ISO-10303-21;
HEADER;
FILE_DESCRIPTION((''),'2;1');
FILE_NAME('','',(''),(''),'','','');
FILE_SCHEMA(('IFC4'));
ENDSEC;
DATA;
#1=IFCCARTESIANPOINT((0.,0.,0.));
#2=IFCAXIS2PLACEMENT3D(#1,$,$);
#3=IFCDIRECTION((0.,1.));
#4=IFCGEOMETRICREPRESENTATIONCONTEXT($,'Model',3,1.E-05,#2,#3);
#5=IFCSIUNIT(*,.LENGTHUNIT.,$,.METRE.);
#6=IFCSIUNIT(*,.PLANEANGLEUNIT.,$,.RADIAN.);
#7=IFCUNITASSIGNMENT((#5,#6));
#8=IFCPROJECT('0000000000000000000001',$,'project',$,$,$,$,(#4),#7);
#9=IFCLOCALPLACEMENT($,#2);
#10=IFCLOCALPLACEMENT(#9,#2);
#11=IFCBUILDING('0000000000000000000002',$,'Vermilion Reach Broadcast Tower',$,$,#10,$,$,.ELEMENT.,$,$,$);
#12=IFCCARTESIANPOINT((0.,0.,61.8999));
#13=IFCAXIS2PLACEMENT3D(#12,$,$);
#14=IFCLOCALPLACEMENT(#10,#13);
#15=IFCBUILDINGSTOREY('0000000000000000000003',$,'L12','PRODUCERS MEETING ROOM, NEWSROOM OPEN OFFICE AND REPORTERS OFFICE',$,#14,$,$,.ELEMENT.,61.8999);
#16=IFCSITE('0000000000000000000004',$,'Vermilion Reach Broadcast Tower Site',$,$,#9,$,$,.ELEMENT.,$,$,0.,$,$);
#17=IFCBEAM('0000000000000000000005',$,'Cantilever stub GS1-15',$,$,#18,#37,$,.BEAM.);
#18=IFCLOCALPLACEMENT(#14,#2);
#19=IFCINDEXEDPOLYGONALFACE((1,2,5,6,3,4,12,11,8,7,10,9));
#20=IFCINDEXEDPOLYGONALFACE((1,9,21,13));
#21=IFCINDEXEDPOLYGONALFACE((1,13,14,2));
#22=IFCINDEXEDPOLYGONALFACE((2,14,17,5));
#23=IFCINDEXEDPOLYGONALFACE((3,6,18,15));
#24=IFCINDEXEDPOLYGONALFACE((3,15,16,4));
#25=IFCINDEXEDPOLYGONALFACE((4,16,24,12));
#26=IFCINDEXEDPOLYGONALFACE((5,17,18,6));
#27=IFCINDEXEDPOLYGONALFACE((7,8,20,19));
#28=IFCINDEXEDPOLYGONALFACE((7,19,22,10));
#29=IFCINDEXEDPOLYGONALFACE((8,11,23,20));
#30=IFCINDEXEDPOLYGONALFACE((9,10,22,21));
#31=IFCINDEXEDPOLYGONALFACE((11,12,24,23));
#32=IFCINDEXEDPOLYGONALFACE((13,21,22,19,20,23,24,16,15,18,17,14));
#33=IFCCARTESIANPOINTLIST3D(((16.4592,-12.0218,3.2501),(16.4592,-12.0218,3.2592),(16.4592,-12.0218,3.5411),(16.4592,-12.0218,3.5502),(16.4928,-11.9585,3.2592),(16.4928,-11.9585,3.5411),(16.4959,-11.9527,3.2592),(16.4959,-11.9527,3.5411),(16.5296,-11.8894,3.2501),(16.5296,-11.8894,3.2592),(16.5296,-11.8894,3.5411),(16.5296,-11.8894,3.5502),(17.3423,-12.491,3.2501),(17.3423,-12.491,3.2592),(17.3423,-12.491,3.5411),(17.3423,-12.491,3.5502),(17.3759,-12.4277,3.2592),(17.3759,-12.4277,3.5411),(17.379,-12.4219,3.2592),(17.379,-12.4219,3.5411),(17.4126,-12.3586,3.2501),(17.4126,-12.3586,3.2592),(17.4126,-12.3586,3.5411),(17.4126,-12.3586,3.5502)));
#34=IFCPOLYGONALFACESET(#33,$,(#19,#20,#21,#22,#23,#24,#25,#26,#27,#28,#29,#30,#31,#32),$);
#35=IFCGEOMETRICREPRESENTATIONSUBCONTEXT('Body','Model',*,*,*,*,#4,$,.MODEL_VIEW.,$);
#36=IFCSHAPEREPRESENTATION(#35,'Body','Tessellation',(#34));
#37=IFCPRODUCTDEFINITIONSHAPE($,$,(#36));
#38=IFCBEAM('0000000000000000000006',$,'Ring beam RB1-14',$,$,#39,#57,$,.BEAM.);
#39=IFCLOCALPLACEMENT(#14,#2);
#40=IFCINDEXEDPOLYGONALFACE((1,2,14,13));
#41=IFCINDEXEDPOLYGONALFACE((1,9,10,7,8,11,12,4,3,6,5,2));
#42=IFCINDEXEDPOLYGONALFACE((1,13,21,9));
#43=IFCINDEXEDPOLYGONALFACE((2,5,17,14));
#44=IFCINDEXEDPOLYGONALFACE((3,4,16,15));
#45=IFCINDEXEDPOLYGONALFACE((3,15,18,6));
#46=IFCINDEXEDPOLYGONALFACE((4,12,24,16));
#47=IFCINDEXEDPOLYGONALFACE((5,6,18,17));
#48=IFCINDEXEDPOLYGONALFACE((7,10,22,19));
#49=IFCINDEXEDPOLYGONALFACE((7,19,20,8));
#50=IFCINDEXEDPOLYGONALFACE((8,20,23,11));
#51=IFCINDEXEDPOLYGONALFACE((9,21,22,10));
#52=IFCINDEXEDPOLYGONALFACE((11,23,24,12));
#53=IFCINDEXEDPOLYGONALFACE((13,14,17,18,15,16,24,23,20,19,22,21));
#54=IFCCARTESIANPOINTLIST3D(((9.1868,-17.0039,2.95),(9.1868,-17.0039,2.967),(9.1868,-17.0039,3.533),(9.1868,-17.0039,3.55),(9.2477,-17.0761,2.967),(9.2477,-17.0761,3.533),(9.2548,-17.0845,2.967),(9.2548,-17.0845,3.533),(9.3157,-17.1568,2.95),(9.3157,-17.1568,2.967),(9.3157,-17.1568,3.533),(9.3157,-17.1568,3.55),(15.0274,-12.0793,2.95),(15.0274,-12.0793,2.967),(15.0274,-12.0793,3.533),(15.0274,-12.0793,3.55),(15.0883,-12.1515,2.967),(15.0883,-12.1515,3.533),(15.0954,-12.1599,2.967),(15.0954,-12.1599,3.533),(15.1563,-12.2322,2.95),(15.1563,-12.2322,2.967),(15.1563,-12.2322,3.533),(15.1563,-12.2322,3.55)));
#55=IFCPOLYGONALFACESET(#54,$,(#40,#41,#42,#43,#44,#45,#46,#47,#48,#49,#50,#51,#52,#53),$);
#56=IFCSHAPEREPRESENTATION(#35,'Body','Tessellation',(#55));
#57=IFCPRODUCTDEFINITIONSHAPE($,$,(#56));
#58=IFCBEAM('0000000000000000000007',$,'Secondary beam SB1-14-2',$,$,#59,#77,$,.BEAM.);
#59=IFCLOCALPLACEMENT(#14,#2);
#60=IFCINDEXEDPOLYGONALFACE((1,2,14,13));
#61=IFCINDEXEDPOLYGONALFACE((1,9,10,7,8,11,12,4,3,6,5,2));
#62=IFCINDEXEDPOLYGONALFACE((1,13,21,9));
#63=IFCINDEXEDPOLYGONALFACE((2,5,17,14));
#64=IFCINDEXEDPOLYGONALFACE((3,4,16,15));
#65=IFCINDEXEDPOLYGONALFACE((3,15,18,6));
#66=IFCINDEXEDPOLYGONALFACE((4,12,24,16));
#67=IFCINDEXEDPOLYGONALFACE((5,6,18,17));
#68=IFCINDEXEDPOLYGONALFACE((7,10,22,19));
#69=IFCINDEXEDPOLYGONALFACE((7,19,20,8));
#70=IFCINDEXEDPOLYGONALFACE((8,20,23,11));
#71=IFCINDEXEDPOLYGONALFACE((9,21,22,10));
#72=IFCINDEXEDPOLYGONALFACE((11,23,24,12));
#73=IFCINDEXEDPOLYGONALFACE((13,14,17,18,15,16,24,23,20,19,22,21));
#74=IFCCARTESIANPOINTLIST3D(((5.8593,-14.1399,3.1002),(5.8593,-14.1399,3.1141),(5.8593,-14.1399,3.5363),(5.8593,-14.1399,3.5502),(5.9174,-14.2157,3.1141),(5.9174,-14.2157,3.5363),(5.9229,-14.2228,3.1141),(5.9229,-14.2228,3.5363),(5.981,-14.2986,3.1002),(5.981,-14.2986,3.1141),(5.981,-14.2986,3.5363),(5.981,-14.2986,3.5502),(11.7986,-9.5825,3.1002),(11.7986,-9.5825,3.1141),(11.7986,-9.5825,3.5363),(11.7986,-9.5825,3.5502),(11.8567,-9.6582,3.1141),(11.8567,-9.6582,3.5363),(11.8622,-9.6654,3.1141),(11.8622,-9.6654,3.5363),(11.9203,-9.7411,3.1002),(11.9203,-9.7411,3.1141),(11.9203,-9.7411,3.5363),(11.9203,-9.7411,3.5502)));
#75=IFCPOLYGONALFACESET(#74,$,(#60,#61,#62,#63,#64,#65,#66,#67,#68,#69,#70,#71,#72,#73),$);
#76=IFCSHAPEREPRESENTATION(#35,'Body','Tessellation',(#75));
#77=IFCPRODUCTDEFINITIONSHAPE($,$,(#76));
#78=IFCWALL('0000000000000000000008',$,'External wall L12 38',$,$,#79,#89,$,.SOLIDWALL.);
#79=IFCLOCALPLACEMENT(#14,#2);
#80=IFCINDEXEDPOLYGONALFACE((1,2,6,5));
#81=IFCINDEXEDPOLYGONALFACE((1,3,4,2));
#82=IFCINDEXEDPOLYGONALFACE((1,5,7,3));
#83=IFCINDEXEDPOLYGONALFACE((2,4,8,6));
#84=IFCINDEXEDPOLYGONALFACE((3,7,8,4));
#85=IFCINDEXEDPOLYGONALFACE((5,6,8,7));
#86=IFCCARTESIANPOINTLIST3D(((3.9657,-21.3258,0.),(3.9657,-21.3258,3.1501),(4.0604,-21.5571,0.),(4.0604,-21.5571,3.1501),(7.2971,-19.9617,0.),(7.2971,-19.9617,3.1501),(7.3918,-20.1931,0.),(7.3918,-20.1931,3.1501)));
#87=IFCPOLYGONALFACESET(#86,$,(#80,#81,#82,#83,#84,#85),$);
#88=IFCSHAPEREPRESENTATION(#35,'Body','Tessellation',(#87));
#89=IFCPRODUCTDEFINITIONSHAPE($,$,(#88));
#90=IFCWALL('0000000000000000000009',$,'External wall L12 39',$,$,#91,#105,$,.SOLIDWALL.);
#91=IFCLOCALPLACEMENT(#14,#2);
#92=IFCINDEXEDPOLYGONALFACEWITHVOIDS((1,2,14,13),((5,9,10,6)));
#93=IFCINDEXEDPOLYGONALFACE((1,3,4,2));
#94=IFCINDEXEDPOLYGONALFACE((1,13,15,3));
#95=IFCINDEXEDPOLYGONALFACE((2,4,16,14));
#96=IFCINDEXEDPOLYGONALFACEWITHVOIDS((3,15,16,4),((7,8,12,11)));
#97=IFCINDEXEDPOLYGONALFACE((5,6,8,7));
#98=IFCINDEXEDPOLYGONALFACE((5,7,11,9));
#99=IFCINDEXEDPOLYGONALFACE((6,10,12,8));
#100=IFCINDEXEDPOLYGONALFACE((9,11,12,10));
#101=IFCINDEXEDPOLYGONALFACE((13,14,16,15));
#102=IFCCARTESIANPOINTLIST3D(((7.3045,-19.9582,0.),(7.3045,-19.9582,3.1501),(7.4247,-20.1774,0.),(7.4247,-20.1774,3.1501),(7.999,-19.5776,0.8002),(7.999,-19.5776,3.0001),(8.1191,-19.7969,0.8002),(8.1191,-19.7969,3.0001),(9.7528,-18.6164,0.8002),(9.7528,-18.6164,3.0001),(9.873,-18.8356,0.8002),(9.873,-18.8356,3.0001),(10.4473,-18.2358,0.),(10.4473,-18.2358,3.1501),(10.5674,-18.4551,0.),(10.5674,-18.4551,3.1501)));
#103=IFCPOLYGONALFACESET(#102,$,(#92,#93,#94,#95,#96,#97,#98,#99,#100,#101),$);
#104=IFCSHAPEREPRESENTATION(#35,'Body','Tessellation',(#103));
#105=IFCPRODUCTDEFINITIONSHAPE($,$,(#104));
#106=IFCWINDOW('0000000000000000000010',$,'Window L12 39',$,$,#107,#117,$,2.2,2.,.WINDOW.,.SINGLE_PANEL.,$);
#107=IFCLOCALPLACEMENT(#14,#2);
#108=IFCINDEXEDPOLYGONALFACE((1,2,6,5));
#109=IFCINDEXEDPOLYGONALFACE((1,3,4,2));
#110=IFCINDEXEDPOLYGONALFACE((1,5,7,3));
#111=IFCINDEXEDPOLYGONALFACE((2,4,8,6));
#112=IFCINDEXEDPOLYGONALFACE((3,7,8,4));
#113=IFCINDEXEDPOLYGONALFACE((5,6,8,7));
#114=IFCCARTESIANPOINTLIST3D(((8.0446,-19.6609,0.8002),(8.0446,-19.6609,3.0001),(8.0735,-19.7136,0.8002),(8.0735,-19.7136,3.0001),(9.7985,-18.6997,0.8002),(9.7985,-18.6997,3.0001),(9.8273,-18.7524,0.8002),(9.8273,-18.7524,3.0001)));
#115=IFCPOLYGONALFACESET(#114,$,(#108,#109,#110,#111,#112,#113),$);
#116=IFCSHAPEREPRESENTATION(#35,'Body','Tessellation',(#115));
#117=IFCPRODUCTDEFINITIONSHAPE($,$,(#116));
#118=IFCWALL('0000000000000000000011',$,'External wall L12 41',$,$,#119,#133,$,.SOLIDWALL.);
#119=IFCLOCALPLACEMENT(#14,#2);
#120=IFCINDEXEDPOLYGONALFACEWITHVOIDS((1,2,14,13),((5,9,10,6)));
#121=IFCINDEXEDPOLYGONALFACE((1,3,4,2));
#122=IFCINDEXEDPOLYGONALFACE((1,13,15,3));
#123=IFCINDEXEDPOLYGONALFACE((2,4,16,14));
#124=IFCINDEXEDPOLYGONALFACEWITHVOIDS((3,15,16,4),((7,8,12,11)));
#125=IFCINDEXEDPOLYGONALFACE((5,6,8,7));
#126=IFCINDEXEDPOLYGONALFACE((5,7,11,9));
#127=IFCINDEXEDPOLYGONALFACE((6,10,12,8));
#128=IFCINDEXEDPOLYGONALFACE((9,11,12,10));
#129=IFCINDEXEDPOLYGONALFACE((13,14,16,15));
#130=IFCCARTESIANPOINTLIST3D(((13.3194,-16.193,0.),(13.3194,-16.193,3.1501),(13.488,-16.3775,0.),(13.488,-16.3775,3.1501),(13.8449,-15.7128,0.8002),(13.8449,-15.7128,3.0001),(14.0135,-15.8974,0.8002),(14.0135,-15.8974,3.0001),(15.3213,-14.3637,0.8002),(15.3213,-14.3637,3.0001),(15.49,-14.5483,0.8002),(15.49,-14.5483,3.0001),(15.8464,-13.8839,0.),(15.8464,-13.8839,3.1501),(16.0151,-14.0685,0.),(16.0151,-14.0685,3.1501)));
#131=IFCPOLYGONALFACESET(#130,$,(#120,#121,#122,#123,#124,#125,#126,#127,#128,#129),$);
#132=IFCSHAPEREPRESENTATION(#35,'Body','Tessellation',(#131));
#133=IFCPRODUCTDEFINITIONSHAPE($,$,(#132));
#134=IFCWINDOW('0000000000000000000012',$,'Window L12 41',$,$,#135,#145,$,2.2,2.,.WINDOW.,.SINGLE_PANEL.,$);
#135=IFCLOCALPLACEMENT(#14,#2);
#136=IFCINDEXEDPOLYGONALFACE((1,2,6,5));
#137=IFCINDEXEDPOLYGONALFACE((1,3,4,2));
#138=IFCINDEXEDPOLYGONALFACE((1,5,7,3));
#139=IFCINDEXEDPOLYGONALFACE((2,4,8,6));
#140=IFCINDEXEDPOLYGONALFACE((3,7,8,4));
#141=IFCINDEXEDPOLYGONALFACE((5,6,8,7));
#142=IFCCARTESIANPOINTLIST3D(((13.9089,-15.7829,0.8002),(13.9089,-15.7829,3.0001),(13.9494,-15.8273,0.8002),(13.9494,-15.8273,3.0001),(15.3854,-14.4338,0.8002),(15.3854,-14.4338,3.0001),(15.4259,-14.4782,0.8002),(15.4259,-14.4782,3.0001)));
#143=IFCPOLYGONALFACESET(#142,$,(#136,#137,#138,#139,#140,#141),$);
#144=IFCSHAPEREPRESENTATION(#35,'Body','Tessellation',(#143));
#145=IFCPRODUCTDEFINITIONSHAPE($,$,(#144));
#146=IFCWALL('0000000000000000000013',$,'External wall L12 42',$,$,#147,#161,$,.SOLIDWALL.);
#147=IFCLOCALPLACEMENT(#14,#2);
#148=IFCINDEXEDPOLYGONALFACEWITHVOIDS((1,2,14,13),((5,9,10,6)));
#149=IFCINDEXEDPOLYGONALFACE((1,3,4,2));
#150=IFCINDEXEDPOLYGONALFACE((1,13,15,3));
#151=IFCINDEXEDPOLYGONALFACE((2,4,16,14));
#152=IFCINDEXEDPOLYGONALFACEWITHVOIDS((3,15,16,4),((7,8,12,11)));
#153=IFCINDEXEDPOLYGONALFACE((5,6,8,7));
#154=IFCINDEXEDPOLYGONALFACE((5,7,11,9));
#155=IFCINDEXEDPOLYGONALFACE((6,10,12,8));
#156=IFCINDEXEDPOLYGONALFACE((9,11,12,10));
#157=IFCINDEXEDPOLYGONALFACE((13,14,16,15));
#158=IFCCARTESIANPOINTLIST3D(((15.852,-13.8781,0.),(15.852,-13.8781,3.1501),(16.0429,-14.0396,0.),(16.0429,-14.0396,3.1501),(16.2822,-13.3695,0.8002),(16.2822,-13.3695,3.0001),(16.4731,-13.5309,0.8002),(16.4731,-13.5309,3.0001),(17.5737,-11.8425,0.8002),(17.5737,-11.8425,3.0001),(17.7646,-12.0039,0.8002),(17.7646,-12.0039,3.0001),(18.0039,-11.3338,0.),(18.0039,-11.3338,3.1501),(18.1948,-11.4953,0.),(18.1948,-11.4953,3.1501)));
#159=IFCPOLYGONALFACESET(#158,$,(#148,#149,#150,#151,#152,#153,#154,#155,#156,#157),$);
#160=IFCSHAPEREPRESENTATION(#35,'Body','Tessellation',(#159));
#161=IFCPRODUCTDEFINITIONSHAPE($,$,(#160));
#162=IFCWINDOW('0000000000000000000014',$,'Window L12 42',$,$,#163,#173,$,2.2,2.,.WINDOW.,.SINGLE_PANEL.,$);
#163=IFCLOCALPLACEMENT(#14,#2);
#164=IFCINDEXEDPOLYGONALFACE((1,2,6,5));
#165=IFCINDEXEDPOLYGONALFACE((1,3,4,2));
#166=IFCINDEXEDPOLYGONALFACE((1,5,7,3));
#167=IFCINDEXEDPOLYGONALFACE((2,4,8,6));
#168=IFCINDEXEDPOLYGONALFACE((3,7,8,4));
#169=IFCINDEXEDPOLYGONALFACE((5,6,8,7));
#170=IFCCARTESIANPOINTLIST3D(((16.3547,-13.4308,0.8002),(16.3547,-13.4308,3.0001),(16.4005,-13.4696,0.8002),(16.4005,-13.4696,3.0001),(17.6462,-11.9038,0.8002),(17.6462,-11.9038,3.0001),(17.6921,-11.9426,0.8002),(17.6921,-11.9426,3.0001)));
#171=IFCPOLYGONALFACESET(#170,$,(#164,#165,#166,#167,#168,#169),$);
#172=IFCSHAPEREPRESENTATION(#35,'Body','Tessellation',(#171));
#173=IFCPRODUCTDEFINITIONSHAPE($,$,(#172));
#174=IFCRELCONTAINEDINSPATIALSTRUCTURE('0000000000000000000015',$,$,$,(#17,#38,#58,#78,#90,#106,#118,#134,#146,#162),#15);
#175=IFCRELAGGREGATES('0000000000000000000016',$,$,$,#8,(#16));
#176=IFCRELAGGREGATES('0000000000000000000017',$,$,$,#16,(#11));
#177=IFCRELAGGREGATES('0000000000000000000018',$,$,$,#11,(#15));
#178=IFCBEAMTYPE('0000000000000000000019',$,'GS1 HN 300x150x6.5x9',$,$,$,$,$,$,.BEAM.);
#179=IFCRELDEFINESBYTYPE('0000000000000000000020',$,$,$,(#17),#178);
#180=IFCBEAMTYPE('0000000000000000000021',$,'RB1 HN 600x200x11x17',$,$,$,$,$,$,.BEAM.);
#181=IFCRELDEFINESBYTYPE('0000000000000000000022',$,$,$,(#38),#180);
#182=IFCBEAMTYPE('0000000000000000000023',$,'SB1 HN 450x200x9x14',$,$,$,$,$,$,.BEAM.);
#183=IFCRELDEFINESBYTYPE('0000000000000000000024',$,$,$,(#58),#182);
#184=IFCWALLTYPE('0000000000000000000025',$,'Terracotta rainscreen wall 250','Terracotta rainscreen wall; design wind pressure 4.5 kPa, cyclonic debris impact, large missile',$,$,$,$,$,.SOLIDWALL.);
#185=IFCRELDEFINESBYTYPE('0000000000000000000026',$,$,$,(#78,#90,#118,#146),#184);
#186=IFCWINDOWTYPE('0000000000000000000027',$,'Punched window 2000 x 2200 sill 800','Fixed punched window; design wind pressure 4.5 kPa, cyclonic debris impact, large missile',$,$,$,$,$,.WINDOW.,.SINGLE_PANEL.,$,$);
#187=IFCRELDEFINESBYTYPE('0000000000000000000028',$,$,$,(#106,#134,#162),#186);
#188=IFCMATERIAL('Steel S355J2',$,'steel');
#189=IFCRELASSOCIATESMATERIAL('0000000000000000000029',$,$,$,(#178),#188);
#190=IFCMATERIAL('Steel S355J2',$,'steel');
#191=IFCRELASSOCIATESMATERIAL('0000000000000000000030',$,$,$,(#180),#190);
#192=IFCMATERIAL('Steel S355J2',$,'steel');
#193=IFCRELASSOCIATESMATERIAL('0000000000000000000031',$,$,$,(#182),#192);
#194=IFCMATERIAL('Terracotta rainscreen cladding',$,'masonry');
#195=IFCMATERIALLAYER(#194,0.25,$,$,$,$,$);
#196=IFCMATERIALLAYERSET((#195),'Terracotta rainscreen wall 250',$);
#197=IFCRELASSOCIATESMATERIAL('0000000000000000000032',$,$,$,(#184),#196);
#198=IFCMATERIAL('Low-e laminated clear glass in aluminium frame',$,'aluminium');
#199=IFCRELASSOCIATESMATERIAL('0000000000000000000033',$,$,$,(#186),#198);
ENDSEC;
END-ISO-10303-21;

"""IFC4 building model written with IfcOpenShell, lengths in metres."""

from ifc_helpers import new_model, si_unit, direction, frame, frame_2d, origin, origin_2d, place, context, subcontext, project, spatial, rectangle, i_section, extrude, material, layer, layer_set, material_profile, profile_set, type_object, element, fill, save


model = new_model("IFC4")

# Units and contexts
model_context = context("Model", 3, precision=1e-05, world=origin(), true_north=direction((0.0, 1.0)))
body_context = subcontext(model_context, "Body", "Model", "MODEL_VIEW")
ifc_project = project(units=[si_unit("LENGTHUNIT", "METRE"), si_unit("PLANEANGLEUNIT", "RADIAN")], contexts=[model_context])

# Site, building, storey
site_placement = place(None, origin())
site = spatial("IfcSite", under=ifc_project, at=site_placement, Name="Vermilion Reach Broadcast Tower Site", CompositionType="ELEMENT", RefElevation=0.0)
building_placement = place(site_placement, origin())
building = spatial("IfcBuilding", under=site, at=building_placement, Name="Vermilion Reach Broadcast Tower", CompositionType="ELEMENT")
storey_placement = place(building_placement, frame((0.0, 0.0, 61.8999)))
storey = spatial("IfcBuildingStorey", under=building, at=storey_placement, Name="L12", Description="PRODUCERS MEETING ROOM, NEWSROOM OPEN OFFICE AND REPORTERS OFFICE", CompositionType="ELEMENT", Elevation=61.8999)

# Beams
ifc_material_1 = material(Name="Steel S355J2", Category="steel")
ifc_material_profile_1 = material_profile(ifc_material_1, i_section(OverallWidth=0.1499, OverallDepth=0.3, WebThickness=0.0066, FlangeThickness=0.009, at=origin_2d()), Name="S355J2 HN 300x150x6.5x9")
ifc_profile_set_1 = profile_set([ifc_material_profile_1], Name="Steel S355J2")
beam_type_1 = type_object("IfcBeamType", Name="GS1 HN 300x150x6.5x9", PredefinedType="BEAM", material=ifc_profile_set_1)
for number, where, z_axis, x_axis, name in (
    (1, (16.4944, -11.9556, 3.4001), (0.883068, -0.469244, 0.0), (0.469244, 0.883068, 0.0), "Cantilever stub GS1-15"),
):
    element("IfcBeam", number, at=place(storey_placement, frame(where, z_axis=z_axis, x_axis=x_axis)), inside=storey, type_object=beam_type_1, Name=name, PredefinedType="BEAM", context=body_context, shape_type="SweptSolid", body=[
        extrude(i_section(OverallWidth=0.1499, OverallDepth=0.3, WebThickness=0.0066, FlangeThickness=0.009, at=origin_2d()), origin(), (0.0, 0.0, 1.0), 1.0),
    ])
ifc_material_2 = material(Name="Steel S355J2", Category="steel")
ifc_material_profile_2 = material_profile(ifc_material_2, i_section(OverallWidth=0.2, OverallDepth=0.6001, WebThickness=0.011, FlangeThickness=0.0171, at=origin_2d()), Name="S355J2 HN 600x200x11x17")
ifc_profile_set_2 = profile_set([ifc_material_profile_2], Name="Steel S355J2")
beam_type_2 = type_object("IfcBeamType", Name="RB1 HN 600x200x11x17", PredefinedType="BEAM", material=ifc_profile_set_2)
beam_1_placement = place(storey_placement, frame((9.2512, -17.0803, 3.25), z_axis=(0.764512, 0.644609, 0.0), x_axis=(-0.644609, 0.764512, 0.0)))
element("IfcBeam", 2, at=beam_1_placement, inside=storey, type_object=beam_type_2, Name="Ring beam RB1-14", PredefinedType="BEAM", context=body_context, shape_type="SweptSolid", body=[
    extrude(i_section(OverallWidth=0.2, OverallDepth=0.6001, WebThickness=0.011, FlangeThickness=0.0171, at=origin_2d()), origin(), (0.0, 0.0, 1.0), 7.6396),
])
ifc_material_3 = material(Name="Steel S355J2", Category="steel")
ifc_material_profile_3 = material_profile(ifc_material_3, i_section(OverallWidth=0.2, OverallDepth=0.45, WebThickness=0.009, FlangeThickness=0.0139, at=origin_2d()), Name="S355J2 HN 450x200x9x14")
ifc_profile_set_3 = profile_set([ifc_material_profile_3], Name="Steel S355J2")
beam_type_3 = type_object("IfcBeamType", Name="SB1 HN 450x200x9x14", PredefinedType="BEAM", material=ifc_profile_set_3)
beam_2_placement = place(storey_placement, frame((5.9202, -14.2192, 3.3252), z_axis=(0.79335, 0.608766, 0.0), x_axis=(-0.608766, 0.79335, 0.0)))
element("IfcBeam", 3, at=beam_2_placement, inside=storey, type_object=beam_type_3, Name="Secondary beam SB1-14-2", PredefinedType="BEAM", context=body_context, shape_type="SweptSolid", body=[
    extrude(i_section(OverallWidth=0.2, OverallDepth=0.45, WebThickness=0.009, FlangeThickness=0.0139, at=origin_2d()), origin(), (0.0, 0.0, 1.0), 7.4863),
])

# Wall
ifc_material_4 = material(Name="Terracotta rainscreen cladding", Category="masonry")
ifc_layer_1 = layer(ifc_material_4, 0.25)
ifc_layer_set_1 = layer_set([ifc_layer_1], Name="Terracotta rainscreen wall 250")
wall_type_1 = type_object("IfcWallType", Name="Terracotta rainscreen wall 250", Description="Terracotta rainscreen wall; design wind pressure 4.5 kPa, cyclonic debris impact, large missile", PredefinedType="SOLIDWALL", material=ifc_layer_set_1)
wall_1_placement = place(storey_placement, frame((4.0132, -21.4414, 0.0), z_axis=(0.0, 0.0, 1.0), x_axis=(0.925429, 0.378921, 0.0)))
element("IfcWall", 4, at=wall_1_placement, inside=storey, type_object=wall_type_1, Name="External wall L12 38", PredefinedType="SOLIDWALL", context=body_context, shape_type="SweptSolid", body=[
    extrude(rectangle(XDim=3.5999, YDim=0.25, at=frame_2d((1.7998, 0.0))), origin(), (0.0, 0.0, 1.0), 3.1501),
])

# Wall, opening, window
wall_2_placement = place(storey_placement, frame((7.3645, -20.0679, 0.0), z_axis=(0.0, 0.0, 1.0), x_axis=(0.876938, 0.480603, 0.0)))
wall_2 = element("IfcWall", 5, at=wall_2_placement, inside=storey, type_object=wall_type_1, Name="External wall L12 39", PredefinedType="SOLIDWALL", context=body_context, shape_type="SweptSolid", body=[
    extrude(rectangle(XDim=3.5837, YDim=0.25, at=frame_2d((1.792, 0.0))), origin(), (0.0, 0.0, 1.0), 3.1501),
])
opening_1_placement = place(wall_2_placement, frame((0.792, 0.0, 0.8)))
opening_1 = element("IfcOpeningElement", 6, at=opening_1_placement, cuts=wall_2, PredefinedType="OPENING", context=body_context, shape_type="SweptSolid", body=[
    extrude(rectangle(XDim=2.0, YDim=2.2, at=frame_2d((1.0, 1.1001))), frame((0.0, 0.135, 0.0), z_axis=(0.0, -1.0, 0.0), x_axis=(1.0, 0.0, 0.0)), (0.0, 0.0, 1.0), 0.27),
])
ifc_material_5 = material(Name="Low-e laminated clear glass in aluminium frame", Category="aluminium")
window_type = type_object("IfcWindowType", Name="Punched window 2000 x 2200 sill 800", Description="Fixed punched window; design wind pressure 4.5 kPa, cyclonic debris impact, large missile", PartitioningType="SINGLE_PANEL", PredefinedType="WINDOW", material=ifc_material_5)
window_1_placement = place(opening_1_placement, origin())
window_1 = element("IfcWindow", 7, at=window_1_placement, inside=storey, type_object=window_type, Name="Window L12 39", OverallHeight=2.2, OverallWidth=2.0, PartitioningType="SINGLE_PANEL", PredefinedType="WINDOW", context=body_context, shape_type="SweptSolid", body=[
    extrude(rectangle(XDim=2.0, YDim=2.2, at=frame_2d((1.0, 1.1001))), frame((0.0, 0.03, 0.0), z_axis=(0.0, -1.0, 0.0), x_axis=(1.0, 0.0, 0.0)), (0.0, 0.0, 1.0), 0.0601),
])
fill(opening_1, window_1)

# Walls, openings, windows
wall_3_placement = place(storey_placement, frame((13.4038, -16.2852, 0.0), z_axis=(0.0, 0.0, 1.0), x_axis=(0.738234, 0.674545, 0.0)))
wall_3 = element("IfcWall", 8, at=wall_3_placement, inside=storey, type_object=wall_type_1, Name="External wall L12 41", PredefinedType="SOLIDWALL", context=body_context, shape_type="SweptSolid", body=[
    extrude(rectangle(XDim=3.4231, YDim=0.25, at=frame_2d((1.7114, 0.0))), origin(), (0.0, 0.0, 1.0), 3.1501),
])
opening_2_placement = place(wall_3_placement, frame((0.7117, 0.0, 0.8)))
opening_2 = element("IfcOpeningElement", 9, at=opening_2_placement, cuts=wall_3, PredefinedType="OPENING", context=body_context, shape_type="SweptSolid", body=[
    extrude(rectangle(XDim=2.0, YDim=2.2, at=frame_2d((1.0, 1.1001))), frame((0.0, 0.135, 0.0), z_axis=(0.0, -1.0, 0.0), x_axis=(1.0, 0.0, 0.0)), (0.0, 0.0, 1.0), 0.27),
])
window_2_placement = place(opening_2_placement, origin())
window_2 = element("IfcWindow", 10, at=window_2_placement, inside=storey, type_object=window_type, Name="Window L12 41", OverallHeight=2.2, OverallWidth=2.0, PartitioningType="SINGLE_PANEL", PredefinedType="WINDOW", context=body_context, shape_type="SweptSolid", body=[
    extrude(rectangle(XDim=2.0, YDim=2.2, at=frame_2d((1.0, 1.1001))), frame((0.0, 0.03, 0.0), z_axis=(0.0, -1.0, 0.0), x_axis=(1.0, 0.0, 0.0)), (0.0, 0.0, 1.0), 0.0601),
])
fill(opening_2, window_2)
wall_4_placement = place(storey_placement, frame((15.9475, -13.9587, 0.0), z_axis=(0.0, 0.0, 1.0), x_axis=(0.645781, 0.763522, 0.0)))
wall_4 = element("IfcWall", 11, at=wall_4_placement, inside=storey, type_object=wall_type_1, Name="External wall L12 42", PredefinedType="SOLIDWALL", context=body_context, shape_type="SweptSolid", body=[
    extrude(rectangle(XDim=3.3323, YDim=0.25, at=frame_2d((1.666, 0.0))), origin(), (0.0, 0.0, 1.0), 3.1501),
])
opening_3_placement = place(wall_4_placement, frame((0.666, 0.0, 0.8)))
opening_3 = element("IfcOpeningElement", 12, at=opening_3_placement, cuts=wall_4, PredefinedType="OPENING", context=body_context, shape_type="SweptSolid", body=[
    extrude(rectangle(XDim=2.0, YDim=2.2, at=frame_2d((1.0, 1.1001))), frame((0.0, 0.135, 0.0), z_axis=(0.0, -1.0, 0.0), x_axis=(1.0, 0.0, 0.0)), (0.0, 0.0, 1.0), 0.27),
])
window_3_placement = place(opening_3_placement, origin())
window_3 = element("IfcWindow", 13, at=window_3_placement, inside=storey, type_object=window_type, Name="Window L12 42", OverallHeight=2.2, OverallWidth=2.0, PartitioningType="SINGLE_PANEL", PredefinedType="WINDOW", context=body_context, shape_type="SweptSolid", body=[
    extrude(rectangle(XDim=2.0, YDim=2.2, at=frame_2d((1.0, 1.1001))), frame((0.0, 0.03, 0.0), z_axis=(0.0, -1.0, 0.0), x_axis=(1.0, 0.0, 0.0)), (0.0, 0.0, 1.0), 0.0601),
])
fill(opening_3, window_3)

save(model, "model.ifc")
